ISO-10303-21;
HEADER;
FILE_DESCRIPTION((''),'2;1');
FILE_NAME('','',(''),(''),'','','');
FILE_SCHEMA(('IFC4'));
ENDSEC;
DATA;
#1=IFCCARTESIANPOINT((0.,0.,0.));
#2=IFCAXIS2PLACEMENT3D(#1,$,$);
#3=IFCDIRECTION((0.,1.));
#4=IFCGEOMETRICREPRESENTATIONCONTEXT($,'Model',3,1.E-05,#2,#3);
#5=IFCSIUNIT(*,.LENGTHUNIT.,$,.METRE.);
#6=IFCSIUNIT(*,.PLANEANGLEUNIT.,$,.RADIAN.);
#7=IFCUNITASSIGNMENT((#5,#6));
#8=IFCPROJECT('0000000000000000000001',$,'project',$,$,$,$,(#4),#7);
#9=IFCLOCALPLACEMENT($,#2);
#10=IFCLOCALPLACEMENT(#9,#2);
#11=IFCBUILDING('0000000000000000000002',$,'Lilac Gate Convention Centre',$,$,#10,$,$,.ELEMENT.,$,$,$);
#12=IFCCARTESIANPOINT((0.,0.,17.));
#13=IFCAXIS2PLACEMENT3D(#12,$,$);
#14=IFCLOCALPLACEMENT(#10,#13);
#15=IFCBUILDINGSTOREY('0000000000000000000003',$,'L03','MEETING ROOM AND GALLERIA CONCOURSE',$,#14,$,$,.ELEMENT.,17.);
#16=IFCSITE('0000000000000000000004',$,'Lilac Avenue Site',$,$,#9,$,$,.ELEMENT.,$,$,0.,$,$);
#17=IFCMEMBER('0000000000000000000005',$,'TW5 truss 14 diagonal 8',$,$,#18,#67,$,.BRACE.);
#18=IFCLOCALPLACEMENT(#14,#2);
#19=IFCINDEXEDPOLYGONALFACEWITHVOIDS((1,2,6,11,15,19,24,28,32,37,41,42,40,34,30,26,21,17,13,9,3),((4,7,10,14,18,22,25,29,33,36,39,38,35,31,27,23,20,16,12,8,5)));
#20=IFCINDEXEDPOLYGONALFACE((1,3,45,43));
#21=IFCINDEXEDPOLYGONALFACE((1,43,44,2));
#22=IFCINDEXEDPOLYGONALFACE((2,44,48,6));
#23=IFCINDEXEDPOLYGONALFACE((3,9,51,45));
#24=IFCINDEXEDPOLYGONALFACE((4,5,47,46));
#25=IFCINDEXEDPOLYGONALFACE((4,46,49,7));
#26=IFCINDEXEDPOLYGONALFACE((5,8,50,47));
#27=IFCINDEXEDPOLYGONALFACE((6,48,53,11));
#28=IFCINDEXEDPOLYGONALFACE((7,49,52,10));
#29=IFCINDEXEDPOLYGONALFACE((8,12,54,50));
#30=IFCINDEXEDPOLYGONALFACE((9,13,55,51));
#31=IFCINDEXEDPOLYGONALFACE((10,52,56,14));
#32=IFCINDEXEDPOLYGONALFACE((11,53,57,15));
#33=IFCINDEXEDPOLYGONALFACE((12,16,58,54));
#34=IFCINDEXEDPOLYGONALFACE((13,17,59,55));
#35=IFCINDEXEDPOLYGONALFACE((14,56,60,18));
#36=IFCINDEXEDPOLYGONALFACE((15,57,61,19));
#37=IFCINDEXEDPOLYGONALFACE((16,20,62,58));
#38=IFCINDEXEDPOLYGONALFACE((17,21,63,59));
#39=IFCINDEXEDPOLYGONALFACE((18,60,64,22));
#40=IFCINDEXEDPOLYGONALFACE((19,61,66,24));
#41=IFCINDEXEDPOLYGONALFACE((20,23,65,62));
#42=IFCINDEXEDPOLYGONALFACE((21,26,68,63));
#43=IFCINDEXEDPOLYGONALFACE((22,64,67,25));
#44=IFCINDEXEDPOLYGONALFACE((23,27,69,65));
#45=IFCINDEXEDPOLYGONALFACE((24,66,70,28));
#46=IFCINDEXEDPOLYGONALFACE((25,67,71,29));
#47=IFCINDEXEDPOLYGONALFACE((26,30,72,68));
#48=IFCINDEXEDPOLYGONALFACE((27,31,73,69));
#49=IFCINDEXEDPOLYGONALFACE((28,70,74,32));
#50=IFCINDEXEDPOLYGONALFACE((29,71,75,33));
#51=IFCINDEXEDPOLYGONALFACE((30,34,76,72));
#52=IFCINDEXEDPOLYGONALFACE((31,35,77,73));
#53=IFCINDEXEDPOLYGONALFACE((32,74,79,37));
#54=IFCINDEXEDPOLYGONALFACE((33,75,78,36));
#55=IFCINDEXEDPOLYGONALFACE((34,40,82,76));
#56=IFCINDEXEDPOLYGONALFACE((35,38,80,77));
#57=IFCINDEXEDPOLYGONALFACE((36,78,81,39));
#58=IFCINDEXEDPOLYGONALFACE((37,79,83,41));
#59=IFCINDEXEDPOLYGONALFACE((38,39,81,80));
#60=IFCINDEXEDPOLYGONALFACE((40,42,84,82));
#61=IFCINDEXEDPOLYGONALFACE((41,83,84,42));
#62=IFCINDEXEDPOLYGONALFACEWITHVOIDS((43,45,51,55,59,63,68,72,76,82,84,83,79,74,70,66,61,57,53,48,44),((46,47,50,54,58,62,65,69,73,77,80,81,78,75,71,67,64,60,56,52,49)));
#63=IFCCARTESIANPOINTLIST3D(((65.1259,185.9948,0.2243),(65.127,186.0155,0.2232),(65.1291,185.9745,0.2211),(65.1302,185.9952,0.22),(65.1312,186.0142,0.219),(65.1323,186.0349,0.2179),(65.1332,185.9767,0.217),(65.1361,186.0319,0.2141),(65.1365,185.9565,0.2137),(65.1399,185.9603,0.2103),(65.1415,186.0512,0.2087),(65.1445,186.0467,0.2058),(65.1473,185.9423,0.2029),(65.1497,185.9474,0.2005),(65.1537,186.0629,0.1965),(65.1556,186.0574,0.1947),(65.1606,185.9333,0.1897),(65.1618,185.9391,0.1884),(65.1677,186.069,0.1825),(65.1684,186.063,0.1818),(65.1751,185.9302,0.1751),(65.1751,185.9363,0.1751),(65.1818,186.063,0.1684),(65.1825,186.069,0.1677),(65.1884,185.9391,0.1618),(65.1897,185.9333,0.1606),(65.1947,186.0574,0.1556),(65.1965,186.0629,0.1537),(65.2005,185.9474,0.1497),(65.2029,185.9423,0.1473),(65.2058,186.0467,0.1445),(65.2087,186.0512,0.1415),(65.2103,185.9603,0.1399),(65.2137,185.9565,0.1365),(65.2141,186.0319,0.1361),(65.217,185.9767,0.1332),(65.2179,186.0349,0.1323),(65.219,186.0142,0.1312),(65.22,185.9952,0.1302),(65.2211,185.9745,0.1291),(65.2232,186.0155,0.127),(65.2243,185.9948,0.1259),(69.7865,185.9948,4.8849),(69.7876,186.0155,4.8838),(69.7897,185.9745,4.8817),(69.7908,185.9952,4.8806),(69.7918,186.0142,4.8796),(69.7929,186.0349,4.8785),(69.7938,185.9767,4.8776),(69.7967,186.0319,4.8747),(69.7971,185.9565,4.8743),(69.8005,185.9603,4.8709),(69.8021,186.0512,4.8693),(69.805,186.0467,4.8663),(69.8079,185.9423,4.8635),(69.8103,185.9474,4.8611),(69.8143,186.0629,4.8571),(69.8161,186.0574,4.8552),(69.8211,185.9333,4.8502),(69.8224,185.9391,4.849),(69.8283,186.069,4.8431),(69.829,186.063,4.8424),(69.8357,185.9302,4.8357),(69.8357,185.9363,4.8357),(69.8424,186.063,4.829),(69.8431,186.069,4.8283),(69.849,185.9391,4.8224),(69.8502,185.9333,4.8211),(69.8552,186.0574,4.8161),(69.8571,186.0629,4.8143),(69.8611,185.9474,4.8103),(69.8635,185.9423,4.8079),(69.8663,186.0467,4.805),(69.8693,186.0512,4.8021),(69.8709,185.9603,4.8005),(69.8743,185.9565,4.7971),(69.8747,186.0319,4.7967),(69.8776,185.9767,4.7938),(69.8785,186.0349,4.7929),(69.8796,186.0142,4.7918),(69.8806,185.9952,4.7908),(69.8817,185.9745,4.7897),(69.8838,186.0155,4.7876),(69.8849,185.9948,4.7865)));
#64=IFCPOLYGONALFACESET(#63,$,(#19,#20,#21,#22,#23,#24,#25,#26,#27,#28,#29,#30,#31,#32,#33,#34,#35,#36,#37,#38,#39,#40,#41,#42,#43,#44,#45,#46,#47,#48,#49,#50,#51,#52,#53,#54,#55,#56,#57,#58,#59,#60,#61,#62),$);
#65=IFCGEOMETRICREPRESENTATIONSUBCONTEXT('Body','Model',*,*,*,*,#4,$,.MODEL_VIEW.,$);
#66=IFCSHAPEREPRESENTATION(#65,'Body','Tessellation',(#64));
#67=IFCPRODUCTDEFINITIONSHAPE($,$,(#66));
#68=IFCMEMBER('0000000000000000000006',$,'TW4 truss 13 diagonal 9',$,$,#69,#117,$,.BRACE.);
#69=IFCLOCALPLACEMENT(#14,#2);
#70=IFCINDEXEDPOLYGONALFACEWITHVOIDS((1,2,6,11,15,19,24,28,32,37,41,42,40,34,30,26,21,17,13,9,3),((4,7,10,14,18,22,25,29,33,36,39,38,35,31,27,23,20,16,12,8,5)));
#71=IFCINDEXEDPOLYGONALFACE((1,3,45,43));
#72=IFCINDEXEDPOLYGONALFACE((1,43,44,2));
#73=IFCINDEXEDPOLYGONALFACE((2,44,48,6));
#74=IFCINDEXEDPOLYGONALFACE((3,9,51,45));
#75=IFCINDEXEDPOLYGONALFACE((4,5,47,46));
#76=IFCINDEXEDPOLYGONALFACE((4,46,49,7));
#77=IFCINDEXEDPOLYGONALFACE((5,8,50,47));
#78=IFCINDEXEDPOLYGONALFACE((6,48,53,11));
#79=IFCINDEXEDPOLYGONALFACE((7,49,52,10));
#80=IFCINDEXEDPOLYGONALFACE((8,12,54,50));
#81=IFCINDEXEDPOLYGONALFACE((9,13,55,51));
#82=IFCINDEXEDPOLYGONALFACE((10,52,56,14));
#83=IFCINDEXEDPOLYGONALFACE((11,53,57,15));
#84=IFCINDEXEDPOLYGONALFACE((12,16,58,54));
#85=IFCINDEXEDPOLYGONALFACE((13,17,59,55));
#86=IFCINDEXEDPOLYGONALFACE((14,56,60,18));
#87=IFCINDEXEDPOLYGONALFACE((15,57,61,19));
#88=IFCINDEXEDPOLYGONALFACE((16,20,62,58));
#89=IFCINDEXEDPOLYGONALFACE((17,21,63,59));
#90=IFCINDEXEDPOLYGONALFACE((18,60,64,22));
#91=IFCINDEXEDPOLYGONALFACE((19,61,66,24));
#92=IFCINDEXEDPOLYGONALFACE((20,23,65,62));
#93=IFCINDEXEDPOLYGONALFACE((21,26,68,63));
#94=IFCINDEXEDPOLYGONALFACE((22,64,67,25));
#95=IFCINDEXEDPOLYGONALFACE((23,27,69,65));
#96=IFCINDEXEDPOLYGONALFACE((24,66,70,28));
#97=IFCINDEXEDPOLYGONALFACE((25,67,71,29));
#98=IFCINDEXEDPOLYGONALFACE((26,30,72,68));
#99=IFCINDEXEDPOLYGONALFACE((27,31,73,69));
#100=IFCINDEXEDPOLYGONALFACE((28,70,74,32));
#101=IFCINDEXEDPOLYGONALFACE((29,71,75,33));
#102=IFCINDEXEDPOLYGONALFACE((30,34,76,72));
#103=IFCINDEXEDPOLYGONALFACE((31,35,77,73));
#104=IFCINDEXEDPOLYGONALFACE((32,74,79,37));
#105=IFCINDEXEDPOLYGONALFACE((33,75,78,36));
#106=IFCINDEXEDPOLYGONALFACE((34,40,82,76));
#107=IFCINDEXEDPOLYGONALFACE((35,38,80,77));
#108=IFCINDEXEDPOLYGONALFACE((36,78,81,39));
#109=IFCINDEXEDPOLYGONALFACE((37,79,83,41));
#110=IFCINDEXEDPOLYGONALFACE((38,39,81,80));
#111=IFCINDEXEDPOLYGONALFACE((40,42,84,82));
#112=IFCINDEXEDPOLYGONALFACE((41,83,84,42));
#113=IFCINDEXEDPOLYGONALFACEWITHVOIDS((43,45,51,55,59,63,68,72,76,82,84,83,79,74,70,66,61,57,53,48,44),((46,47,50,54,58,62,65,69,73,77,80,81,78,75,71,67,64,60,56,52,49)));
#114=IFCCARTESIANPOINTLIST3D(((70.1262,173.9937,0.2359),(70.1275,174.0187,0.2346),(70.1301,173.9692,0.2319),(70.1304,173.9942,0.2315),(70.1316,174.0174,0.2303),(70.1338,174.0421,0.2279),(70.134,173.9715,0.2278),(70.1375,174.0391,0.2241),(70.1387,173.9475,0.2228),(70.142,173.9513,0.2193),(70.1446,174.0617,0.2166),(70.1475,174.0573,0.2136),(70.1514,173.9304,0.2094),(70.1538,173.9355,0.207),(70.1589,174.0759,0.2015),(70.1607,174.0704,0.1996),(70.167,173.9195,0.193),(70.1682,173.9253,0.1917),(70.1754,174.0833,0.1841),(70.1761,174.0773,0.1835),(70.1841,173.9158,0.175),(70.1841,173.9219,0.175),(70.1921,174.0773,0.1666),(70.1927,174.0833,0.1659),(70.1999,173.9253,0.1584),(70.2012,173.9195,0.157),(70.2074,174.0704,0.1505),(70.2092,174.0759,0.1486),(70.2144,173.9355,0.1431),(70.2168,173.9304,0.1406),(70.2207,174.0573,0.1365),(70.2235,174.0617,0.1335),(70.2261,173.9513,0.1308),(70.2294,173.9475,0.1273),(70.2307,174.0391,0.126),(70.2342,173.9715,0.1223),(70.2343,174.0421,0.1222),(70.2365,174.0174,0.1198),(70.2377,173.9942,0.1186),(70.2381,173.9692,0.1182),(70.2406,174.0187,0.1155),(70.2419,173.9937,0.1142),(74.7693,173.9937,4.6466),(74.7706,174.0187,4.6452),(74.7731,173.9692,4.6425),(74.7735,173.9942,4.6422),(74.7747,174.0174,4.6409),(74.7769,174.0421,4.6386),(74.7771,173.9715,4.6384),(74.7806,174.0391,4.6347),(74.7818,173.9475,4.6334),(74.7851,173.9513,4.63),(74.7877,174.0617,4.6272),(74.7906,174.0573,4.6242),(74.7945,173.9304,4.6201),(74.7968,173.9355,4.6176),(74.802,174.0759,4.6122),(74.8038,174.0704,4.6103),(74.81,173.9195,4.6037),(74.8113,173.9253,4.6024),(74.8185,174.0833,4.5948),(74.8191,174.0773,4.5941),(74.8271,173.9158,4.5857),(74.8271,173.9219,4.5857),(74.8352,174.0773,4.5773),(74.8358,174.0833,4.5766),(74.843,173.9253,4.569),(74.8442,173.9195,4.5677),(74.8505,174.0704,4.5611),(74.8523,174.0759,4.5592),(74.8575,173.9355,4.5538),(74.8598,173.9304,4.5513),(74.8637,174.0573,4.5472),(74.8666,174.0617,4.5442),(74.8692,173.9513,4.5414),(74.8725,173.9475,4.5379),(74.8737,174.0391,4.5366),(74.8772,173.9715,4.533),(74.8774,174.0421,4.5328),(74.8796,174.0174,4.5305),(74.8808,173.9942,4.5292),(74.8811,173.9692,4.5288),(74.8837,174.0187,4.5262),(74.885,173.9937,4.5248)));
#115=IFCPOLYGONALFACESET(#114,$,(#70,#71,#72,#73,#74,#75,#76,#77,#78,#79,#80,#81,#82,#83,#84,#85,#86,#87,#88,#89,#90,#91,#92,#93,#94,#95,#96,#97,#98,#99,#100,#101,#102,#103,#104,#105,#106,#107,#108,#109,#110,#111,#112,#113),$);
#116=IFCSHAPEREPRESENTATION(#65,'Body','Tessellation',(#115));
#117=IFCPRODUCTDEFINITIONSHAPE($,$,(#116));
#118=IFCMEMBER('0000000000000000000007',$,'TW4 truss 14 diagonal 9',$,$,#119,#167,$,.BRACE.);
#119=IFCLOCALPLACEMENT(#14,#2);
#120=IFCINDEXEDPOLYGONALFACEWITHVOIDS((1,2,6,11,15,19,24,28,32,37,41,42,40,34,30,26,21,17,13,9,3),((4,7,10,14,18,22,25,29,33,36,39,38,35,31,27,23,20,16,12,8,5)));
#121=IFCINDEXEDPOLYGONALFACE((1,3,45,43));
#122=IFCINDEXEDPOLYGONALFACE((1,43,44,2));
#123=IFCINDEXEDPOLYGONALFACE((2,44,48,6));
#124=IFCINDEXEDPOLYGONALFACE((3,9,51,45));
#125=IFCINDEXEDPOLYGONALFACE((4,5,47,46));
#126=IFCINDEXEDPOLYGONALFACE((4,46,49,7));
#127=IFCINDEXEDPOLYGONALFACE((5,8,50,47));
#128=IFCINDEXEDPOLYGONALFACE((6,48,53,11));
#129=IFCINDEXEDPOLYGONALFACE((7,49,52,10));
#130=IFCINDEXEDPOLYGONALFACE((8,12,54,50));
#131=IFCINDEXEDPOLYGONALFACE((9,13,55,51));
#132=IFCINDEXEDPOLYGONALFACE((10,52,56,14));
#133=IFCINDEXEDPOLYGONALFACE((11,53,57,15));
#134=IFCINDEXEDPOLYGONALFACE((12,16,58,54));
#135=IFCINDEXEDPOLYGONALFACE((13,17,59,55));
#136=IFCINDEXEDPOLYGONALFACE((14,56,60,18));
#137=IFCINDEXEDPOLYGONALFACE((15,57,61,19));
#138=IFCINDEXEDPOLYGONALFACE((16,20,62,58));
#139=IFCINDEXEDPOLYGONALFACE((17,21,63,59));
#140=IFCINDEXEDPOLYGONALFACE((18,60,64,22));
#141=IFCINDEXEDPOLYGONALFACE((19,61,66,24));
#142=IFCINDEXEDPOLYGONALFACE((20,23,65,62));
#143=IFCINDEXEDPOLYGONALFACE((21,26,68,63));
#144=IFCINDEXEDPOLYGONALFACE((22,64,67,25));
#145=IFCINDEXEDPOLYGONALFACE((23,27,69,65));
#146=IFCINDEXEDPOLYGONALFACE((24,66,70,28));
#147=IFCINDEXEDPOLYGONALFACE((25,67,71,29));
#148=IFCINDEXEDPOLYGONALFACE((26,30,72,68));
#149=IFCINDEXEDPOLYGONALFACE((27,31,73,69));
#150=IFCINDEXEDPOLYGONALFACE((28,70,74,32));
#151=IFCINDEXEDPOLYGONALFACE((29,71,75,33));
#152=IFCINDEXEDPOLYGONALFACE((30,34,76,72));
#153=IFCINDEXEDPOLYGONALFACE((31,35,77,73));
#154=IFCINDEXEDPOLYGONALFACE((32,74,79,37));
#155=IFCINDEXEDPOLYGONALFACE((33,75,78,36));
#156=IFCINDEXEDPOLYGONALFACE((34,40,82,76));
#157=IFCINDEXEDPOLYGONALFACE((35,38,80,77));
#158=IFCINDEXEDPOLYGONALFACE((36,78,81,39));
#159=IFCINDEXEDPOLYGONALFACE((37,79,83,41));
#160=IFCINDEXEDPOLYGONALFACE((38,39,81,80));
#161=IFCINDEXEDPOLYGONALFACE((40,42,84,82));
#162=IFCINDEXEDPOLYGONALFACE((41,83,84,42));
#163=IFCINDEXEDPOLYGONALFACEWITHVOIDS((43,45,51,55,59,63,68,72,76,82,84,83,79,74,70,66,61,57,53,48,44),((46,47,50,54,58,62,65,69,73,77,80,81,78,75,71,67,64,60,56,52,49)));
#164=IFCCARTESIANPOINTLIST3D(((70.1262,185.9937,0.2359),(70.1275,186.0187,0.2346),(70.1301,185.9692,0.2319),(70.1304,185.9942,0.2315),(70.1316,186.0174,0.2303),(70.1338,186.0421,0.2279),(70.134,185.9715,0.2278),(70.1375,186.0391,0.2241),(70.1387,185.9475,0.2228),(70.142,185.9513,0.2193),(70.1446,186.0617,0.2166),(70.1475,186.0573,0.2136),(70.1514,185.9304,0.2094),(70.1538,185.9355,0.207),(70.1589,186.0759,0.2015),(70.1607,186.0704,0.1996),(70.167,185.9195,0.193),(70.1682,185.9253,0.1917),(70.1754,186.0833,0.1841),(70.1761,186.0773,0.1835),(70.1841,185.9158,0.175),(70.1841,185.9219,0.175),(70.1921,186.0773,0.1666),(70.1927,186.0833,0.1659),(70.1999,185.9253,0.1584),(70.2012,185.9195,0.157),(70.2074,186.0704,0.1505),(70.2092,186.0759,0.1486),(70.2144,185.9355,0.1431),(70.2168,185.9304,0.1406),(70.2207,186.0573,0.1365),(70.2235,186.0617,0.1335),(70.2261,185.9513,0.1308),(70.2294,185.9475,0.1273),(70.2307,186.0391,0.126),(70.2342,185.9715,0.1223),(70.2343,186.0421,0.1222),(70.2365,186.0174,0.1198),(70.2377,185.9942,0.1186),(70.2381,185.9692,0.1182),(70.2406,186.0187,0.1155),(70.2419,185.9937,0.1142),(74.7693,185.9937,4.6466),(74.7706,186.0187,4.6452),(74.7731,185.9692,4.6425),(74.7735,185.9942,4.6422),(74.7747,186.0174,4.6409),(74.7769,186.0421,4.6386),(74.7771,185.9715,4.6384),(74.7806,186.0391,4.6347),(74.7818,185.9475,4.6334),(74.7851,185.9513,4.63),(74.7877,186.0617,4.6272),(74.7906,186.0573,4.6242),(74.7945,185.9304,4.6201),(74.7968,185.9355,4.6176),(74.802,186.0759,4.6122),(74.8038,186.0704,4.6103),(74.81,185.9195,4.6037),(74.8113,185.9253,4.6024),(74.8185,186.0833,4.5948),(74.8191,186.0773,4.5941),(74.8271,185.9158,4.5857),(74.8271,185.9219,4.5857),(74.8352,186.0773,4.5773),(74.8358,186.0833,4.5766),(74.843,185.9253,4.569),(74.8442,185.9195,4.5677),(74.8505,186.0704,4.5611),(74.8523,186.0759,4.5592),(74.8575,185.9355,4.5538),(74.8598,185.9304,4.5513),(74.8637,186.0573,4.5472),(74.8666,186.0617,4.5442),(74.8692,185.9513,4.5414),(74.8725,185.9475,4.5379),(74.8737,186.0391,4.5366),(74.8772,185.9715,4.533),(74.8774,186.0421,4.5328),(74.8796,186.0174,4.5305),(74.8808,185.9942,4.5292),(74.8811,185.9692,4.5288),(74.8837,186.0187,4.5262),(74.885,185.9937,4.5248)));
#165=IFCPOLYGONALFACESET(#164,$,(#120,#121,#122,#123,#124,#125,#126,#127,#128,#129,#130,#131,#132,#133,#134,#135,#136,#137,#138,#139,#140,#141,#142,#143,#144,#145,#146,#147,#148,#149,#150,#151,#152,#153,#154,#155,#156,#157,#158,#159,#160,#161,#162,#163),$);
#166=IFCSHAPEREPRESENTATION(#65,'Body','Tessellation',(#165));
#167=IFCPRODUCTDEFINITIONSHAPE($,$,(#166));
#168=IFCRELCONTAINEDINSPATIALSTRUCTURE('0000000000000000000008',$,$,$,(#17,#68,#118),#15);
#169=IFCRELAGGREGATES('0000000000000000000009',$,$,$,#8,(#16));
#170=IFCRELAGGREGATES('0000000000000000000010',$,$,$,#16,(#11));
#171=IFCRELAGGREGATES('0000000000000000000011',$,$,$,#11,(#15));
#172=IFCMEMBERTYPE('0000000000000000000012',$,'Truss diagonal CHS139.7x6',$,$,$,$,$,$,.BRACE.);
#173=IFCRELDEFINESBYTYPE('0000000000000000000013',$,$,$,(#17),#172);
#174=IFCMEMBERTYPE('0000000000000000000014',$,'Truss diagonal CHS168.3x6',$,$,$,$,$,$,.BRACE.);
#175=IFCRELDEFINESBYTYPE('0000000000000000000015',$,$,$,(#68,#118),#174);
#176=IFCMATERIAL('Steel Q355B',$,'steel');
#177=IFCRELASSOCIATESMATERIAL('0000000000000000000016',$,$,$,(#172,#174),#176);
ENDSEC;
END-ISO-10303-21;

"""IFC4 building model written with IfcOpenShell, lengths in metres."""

from ifc_helpers import new_model, si_unit, direction, frame, origin, origin_2d, place, context, subcontext, project, spatial, hollow_circle, extrude, material, material_profile, profile_set, type_object, element, save


model = new_model("IFC4")

# Units and contexts
model_context = context("Model", 3, precision=1e-05, world=origin(), true_north=direction((0.0, 1.0)))
body_context = subcontext(model_context, "Body", "Model", "MODEL_VIEW")
ifc_project = project(units=[si_unit("LENGTHUNIT", "METRE"), si_unit("PLANEANGLEUNIT", "RADIAN")], contexts=[model_context])

# Site, building, storey
site_placement = place(None, origin())
site = spatial("IfcSite", under=ifc_project, at=site_placement, Name="Lilac Avenue Site", CompositionType="ELEMENT", RefElevation=0.0)
building_placement = place(site_placement, origin())
building = spatial("IfcBuilding", under=site, at=building_placement, Name="Lilac Gate Convention Centre", CompositionType="ELEMENT")
storey_placement = place(building_placement, frame((0.0, 0.0, 17.0)))
storey = spatial("IfcBuildingStorey", under=building, at=storey_placement, Name="L03", Description="MEETING ROOM AND GALLERIA CONCOURSE", CompositionType="ELEMENT", Elevation=17.0)

# Members
ifc_material = material(Name="Steel Q355B", Category="steel")
ifc_material_profile_1 = material_profile(ifc_material, hollow_circle(Radius=0.0698, WallThickness=0.0061, at=origin_2d()), Name="CHS139.7x6")
ifc_profile_set_1 = profile_set([ifc_material_profile_1], Name="Steel Q355B")
member_type_1 = type_object("IfcMemberType", Name="Truss diagonal CHS139.7x6", PredefinedType="BRACE", material=ifc_profile_set_1)
for number, where, z_axis, x_axis, name in (
    (1, (69.8357, 186.0, 4.8357), (-0.707107, 0.0, -0.707107), (0.0, -1.0, 0.0), "TW5 truss 14 diagonal 8"),
):
    element("IfcMember", number, at=place(storey_placement, frame(where, z_axis=z_axis, x_axis=x_axis)), inside=storey, type_object=member_type_1, Name=name, PredefinedType="BRACE", context=body_context, shape_type="SweptSolid", body=[
        extrude(hollow_circle(Radius=0.0698, WallThickness=0.0061, at=origin_2d()), origin(), (0.0, 0.0, 1.0), 6.5911),
    ])
ifc_material_profile_2 = material_profile(ifc_material, hollow_circle(Radius=0.0842, WallThickness=0.0061, at=origin_2d()), Name="CHS168.3x6")
ifc_profile_set_2 = profile_set([ifc_material_profile_2], Name="Steel Q355B")
member_type_2 = type_object("IfcMemberType", Name="Truss diagonal CHS168.3x6", PredefinedType="BRACE", material=ifc_profile_set_2)
for number, where, z_axis, x_axis, name in (
    (2, (74.8271, 174.0, 4.5857), (-0.72502, 0.0, -0.688727), (0.0, -1.0, 0.0), "TW4 truss 13 diagonal 9"),
    (3, (74.8271, 186.0, 4.5857), (-0.72502, 0.0, -0.688727), (0.0, -1.0, 0.0), "TW4 truss 14 diagonal 9"),
):
    element("IfcMember", number, at=place(storey_placement, frame(where, z_axis=z_axis, x_axis=x_axis)), inside=storey, type_object=member_type_2, Name=name, PredefinedType="BRACE", context=body_context, shape_type="SweptSolid", body=[
        extrude(hollow_circle(Radius=0.0842, WallThickness=0.0061, at=origin_2d()), origin(), (0.0, 0.0, 1.0), 6.4041),
    ])

save(model, "model.ifc")
